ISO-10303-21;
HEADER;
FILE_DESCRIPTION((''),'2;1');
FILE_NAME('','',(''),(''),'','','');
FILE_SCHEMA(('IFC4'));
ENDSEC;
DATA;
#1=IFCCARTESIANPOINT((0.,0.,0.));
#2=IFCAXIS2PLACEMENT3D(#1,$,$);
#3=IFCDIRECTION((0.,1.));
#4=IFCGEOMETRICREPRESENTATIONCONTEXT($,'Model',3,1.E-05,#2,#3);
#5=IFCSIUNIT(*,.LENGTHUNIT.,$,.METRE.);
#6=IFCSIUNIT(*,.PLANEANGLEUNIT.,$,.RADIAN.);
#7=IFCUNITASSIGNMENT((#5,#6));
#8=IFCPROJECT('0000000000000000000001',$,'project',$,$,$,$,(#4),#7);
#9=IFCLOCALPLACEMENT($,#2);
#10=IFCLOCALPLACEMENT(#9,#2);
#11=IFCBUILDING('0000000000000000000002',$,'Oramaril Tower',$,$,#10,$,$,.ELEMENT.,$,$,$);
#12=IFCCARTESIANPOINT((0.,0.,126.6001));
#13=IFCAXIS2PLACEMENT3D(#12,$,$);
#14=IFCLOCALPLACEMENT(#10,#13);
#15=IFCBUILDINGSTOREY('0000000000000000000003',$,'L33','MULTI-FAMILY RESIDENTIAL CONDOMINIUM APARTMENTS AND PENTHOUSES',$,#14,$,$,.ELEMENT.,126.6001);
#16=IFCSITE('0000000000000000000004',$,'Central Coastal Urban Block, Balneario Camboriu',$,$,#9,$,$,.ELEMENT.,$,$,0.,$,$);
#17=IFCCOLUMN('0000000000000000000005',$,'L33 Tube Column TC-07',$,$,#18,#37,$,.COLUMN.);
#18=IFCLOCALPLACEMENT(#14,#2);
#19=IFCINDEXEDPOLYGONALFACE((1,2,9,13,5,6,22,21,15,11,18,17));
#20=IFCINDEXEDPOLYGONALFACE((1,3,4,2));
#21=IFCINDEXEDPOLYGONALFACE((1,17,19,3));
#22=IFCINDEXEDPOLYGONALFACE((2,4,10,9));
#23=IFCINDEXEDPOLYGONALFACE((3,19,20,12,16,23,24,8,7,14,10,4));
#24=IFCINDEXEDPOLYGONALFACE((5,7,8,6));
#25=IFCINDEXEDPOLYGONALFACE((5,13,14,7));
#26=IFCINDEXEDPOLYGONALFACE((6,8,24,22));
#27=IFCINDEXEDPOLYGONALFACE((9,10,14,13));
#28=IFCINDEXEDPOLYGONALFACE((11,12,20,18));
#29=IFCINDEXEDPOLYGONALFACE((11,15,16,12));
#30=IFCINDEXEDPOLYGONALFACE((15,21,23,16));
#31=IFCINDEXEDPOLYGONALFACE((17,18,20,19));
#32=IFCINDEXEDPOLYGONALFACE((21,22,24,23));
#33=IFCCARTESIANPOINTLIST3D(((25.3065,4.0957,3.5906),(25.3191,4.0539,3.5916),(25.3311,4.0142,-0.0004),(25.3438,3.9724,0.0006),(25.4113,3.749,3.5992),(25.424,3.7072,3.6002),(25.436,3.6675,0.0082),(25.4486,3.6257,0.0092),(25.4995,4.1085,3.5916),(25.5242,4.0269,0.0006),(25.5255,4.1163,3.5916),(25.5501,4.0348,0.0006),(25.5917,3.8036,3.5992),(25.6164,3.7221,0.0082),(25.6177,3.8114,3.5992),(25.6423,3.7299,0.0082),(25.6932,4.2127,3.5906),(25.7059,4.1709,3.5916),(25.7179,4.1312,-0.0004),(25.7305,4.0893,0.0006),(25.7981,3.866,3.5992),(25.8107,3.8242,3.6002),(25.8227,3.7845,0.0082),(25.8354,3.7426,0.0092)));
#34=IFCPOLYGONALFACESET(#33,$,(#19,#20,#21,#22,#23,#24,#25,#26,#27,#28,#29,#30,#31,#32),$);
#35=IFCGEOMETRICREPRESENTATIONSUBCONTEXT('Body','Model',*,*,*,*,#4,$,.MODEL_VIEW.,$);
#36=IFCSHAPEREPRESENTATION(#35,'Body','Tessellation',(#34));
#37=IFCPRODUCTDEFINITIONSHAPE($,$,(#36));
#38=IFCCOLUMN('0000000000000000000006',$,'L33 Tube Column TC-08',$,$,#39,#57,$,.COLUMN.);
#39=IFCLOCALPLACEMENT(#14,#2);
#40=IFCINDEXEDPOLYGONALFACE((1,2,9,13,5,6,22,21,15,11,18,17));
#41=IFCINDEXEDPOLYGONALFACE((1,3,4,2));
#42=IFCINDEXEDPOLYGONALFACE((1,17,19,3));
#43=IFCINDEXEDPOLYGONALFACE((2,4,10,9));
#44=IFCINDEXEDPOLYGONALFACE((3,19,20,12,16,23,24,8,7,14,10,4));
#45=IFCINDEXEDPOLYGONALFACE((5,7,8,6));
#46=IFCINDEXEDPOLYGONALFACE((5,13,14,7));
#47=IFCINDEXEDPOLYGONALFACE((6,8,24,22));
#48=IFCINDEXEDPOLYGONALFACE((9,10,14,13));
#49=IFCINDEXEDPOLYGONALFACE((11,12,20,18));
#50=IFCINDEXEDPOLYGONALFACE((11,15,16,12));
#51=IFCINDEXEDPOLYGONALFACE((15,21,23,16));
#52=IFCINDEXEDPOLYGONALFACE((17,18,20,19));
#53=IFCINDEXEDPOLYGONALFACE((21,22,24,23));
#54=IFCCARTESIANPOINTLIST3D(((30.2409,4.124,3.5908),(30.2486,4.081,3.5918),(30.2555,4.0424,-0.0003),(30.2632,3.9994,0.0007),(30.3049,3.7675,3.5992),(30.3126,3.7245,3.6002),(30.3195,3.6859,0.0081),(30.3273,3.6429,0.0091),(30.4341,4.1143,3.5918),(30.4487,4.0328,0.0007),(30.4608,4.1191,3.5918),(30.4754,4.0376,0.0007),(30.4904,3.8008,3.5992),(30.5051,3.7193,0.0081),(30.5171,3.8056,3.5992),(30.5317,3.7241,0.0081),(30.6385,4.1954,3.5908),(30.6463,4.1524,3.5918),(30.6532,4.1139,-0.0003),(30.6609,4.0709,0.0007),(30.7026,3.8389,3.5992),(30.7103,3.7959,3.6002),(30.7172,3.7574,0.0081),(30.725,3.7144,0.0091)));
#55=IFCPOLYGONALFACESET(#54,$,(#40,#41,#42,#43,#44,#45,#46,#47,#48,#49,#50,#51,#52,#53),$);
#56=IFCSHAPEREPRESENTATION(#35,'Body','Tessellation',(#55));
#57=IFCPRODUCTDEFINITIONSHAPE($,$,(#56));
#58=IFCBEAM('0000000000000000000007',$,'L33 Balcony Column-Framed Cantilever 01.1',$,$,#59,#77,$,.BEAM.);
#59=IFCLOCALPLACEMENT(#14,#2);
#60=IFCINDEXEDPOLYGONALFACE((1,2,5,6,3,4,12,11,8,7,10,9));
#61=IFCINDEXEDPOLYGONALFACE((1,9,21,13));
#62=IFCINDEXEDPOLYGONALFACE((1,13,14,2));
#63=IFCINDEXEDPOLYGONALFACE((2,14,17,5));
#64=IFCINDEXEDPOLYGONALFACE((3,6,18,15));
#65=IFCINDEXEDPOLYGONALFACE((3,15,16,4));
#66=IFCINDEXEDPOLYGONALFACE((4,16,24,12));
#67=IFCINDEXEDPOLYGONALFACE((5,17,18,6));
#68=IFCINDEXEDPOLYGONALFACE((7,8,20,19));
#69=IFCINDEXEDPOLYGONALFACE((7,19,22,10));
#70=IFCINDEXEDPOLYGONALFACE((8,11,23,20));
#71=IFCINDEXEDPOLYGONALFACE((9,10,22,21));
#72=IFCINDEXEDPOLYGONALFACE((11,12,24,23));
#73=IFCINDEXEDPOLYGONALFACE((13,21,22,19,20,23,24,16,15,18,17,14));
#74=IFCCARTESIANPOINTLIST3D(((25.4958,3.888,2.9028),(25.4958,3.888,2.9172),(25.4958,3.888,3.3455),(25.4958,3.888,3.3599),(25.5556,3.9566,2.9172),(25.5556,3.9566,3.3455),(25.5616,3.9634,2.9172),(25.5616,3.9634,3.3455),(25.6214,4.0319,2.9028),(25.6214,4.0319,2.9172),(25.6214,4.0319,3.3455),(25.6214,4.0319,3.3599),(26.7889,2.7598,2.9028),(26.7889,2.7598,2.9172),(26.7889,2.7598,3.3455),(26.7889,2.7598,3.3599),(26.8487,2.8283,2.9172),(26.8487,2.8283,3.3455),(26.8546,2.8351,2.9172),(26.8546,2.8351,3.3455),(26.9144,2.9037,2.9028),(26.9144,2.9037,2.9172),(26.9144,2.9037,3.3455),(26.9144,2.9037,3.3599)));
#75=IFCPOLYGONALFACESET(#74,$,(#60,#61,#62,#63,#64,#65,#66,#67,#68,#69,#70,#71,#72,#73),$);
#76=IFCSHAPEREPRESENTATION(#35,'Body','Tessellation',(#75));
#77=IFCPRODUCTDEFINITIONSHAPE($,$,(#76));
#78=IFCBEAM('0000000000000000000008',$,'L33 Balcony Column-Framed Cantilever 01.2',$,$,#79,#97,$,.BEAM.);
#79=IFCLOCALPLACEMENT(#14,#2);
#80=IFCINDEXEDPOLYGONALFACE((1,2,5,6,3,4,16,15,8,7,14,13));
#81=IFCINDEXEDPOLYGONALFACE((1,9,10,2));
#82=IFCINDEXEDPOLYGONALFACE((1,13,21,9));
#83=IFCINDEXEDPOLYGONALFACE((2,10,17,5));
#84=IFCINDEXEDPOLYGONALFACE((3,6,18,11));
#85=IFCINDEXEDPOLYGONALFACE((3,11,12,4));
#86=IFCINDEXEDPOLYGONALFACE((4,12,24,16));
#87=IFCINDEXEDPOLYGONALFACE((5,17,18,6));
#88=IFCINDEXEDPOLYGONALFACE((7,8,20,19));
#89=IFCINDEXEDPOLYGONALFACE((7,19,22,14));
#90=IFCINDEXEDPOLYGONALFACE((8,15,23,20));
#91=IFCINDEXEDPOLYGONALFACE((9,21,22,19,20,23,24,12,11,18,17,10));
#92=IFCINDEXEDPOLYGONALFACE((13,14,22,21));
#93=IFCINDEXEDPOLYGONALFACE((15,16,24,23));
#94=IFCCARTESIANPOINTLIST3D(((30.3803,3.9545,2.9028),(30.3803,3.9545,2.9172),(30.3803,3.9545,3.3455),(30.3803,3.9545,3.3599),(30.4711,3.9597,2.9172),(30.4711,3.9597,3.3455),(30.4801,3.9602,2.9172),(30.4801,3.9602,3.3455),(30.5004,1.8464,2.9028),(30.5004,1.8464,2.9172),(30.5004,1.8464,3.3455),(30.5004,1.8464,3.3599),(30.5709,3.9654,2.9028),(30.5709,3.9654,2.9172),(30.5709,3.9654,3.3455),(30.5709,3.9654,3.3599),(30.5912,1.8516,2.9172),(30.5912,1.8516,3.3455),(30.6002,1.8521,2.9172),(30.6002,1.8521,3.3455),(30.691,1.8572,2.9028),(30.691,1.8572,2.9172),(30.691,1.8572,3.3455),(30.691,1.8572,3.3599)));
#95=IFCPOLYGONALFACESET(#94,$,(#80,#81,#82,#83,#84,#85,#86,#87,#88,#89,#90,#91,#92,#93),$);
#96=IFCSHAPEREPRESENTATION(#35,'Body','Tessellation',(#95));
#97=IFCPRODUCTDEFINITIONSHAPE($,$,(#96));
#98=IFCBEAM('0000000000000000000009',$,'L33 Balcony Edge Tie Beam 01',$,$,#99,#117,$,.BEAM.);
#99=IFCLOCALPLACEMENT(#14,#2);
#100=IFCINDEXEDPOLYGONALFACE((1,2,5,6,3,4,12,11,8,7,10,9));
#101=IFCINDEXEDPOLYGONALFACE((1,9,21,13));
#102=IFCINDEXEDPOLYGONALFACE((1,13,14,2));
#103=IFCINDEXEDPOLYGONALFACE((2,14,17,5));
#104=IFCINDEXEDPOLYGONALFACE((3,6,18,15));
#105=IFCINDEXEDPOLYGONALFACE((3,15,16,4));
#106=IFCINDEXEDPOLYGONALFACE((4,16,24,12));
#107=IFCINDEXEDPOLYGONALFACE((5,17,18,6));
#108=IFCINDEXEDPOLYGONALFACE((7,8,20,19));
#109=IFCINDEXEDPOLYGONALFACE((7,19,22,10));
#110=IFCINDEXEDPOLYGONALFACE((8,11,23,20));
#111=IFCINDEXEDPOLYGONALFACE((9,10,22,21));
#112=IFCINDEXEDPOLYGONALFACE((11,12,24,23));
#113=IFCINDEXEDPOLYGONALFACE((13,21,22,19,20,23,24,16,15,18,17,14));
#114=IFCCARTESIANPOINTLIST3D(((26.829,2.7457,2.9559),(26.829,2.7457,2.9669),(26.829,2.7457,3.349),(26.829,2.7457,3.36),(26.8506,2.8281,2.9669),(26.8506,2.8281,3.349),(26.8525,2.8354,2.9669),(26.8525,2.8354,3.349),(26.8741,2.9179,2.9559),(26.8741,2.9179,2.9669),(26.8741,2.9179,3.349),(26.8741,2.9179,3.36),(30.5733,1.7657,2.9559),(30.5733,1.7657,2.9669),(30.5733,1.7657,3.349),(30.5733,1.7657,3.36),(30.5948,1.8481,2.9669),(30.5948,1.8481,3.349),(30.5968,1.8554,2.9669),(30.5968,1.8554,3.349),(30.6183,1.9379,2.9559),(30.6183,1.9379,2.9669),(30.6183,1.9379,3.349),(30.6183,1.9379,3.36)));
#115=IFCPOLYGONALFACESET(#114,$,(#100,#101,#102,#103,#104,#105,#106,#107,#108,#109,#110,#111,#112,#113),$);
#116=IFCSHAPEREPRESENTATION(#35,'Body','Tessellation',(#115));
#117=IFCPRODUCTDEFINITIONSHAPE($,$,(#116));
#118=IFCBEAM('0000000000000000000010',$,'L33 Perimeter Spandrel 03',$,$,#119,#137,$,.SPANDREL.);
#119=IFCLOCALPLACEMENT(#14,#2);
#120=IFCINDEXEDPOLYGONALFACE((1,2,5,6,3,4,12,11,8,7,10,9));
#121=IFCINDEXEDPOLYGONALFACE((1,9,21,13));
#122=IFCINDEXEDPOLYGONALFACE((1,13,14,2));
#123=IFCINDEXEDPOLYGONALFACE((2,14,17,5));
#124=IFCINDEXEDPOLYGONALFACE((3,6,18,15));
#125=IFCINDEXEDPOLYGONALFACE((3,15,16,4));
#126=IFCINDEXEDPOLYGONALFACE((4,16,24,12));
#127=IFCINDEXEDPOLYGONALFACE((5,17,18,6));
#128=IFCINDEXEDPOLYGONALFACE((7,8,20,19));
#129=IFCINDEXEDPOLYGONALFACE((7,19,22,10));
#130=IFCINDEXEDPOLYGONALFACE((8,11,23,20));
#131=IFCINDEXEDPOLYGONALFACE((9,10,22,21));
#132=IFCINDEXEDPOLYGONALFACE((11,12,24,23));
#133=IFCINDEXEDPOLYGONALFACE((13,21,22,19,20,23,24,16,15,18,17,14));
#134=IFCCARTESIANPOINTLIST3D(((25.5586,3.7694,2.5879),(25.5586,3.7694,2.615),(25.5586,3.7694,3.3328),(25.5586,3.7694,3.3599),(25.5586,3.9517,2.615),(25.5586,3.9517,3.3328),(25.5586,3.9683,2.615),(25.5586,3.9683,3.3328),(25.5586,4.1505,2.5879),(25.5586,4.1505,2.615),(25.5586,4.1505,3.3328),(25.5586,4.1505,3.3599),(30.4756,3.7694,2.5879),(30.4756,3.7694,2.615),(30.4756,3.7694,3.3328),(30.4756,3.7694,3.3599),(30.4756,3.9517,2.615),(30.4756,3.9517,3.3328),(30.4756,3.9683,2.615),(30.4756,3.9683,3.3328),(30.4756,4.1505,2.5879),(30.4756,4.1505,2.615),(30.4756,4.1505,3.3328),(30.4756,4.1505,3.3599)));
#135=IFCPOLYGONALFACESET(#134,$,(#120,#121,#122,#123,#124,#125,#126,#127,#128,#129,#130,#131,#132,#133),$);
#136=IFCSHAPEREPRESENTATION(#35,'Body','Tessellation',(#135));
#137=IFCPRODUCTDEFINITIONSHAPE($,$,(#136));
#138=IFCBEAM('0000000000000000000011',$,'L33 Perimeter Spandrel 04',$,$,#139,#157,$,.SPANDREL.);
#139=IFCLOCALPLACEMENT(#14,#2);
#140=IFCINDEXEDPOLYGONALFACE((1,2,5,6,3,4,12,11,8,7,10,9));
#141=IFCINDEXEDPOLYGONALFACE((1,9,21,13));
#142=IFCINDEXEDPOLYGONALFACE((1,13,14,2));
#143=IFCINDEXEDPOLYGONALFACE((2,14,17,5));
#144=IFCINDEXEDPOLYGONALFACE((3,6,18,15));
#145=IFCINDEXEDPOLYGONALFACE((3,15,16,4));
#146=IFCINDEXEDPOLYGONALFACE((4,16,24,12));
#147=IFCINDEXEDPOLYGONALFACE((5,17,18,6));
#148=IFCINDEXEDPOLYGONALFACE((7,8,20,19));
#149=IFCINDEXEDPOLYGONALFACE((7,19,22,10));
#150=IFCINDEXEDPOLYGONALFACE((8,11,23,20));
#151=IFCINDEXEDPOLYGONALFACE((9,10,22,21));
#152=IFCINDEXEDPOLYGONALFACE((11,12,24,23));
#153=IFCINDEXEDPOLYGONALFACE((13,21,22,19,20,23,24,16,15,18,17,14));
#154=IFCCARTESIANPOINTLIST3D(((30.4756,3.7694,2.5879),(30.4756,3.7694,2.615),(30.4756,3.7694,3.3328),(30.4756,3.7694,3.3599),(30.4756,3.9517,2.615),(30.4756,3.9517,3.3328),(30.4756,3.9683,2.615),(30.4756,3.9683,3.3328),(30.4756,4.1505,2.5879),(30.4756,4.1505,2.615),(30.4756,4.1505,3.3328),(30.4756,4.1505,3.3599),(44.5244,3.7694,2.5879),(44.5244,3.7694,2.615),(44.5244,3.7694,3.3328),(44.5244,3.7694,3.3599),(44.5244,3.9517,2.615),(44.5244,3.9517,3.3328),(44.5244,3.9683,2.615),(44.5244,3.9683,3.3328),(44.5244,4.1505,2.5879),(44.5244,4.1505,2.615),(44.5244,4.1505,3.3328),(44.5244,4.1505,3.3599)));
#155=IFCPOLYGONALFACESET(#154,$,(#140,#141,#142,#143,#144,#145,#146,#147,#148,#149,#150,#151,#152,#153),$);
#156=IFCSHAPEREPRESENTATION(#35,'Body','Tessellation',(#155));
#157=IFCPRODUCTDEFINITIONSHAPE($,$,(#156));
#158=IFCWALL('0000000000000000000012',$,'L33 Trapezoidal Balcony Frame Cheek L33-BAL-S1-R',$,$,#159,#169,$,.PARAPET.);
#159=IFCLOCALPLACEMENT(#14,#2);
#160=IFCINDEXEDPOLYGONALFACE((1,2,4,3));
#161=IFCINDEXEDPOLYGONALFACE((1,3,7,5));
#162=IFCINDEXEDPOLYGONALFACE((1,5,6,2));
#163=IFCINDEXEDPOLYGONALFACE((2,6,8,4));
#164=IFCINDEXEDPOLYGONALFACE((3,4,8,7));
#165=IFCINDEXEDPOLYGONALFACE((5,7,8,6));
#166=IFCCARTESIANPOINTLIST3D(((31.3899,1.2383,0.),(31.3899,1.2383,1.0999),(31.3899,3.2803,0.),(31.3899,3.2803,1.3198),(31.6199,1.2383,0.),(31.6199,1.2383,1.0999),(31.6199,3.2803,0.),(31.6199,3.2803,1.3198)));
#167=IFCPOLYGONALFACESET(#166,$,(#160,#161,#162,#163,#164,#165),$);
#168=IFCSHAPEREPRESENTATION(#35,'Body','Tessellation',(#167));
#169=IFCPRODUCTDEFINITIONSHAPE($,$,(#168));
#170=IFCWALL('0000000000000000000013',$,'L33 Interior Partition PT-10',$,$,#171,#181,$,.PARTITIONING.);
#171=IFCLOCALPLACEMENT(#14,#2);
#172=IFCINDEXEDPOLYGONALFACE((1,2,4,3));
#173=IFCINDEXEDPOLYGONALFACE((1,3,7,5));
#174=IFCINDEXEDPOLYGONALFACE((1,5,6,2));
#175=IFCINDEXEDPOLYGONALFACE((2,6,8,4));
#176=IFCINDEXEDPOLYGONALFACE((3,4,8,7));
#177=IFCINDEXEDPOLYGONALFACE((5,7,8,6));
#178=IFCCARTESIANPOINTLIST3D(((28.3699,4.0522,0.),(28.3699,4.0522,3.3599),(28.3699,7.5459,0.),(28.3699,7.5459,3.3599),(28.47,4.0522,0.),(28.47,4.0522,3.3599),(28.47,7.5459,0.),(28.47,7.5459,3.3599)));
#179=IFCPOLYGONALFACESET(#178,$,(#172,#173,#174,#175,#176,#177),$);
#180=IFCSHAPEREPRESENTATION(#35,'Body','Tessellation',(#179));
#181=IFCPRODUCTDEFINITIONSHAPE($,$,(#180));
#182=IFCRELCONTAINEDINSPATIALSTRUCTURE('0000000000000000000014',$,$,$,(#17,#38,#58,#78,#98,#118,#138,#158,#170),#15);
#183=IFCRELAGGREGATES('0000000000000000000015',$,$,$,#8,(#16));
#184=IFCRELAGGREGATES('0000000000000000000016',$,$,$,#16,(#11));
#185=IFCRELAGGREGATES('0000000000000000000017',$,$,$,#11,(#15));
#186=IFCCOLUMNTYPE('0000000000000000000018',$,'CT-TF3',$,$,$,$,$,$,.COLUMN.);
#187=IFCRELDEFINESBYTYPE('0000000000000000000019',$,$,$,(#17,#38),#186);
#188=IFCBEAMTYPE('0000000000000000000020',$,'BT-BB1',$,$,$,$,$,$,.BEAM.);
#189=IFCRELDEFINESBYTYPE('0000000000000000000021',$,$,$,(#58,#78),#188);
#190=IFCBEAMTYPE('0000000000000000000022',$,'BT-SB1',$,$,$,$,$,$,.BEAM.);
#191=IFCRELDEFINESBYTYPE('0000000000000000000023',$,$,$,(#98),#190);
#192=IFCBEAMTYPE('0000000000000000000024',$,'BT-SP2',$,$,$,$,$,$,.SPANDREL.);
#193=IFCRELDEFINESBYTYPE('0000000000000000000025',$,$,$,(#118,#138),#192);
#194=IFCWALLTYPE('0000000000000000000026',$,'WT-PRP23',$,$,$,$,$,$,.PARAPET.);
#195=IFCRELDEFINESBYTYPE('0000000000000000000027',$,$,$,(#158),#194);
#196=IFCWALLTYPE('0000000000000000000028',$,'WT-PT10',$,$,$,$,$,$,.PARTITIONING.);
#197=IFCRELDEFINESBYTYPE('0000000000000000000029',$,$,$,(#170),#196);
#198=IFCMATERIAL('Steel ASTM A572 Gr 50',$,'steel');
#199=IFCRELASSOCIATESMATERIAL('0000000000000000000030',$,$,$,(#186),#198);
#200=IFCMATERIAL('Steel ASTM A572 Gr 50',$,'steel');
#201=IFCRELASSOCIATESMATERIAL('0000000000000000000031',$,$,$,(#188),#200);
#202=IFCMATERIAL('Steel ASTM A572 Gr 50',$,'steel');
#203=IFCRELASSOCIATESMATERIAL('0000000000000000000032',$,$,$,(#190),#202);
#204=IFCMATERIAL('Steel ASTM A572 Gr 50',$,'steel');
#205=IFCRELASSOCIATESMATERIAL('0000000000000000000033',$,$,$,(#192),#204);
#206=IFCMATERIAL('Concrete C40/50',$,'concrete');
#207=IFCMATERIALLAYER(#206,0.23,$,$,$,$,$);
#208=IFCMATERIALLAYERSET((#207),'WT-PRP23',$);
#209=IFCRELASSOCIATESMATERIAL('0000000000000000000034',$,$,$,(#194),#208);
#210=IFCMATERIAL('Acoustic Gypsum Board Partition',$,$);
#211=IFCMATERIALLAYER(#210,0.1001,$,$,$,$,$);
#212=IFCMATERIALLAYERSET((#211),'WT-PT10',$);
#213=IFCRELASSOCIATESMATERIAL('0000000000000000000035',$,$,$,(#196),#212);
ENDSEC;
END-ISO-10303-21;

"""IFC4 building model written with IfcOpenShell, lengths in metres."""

from ifc_helpers import new_model, si_unit, direction, frame, frame_2d, origin, origin_2d, place, context, subcontext, project, spatial, polyline, rectangle, i_section, outline, extrude, material, layer, layer_set, material_profile, profile_set, type_object, element, save


model = new_model("IFC4")

# Units and contexts
model_context = context("Model", 3, precision=1e-05, world=origin(), true_north=direction((0.0, 1.0)))
body_context = subcontext(model_context, "Body", "Model", "MODEL_VIEW")
ifc_project = project(units=[si_unit("LENGTHUNIT", "METRE"), si_unit("PLANEANGLEUNIT", "RADIAN")], contexts=[model_context])

# Site, building, storey
site_placement = place(None, origin())
site = spatial("IfcSite", under=ifc_project, at=site_placement, Name="Central Coastal Urban Block, Balneario Camboriu", CompositionType="ELEMENT", RefElevation=0.0)
building_placement = place(site_placement, origin())
building = spatial("IfcBuilding", under=site, at=building_placement, Name="Oramaril Tower", CompositionType="ELEMENT")
storey_placement = place(building_placement, frame((0.0, 0.0, 126.6001)))
storey = spatial("IfcBuildingStorey", under=building, at=storey_placement, Name="L33", Description="MULTI-FAMILY RESIDENTIAL CONDOMINIUM APARTMENTS AND PENTHOUSES", CompositionType="ELEMENT", Elevation=126.6001)

# Columns
ifc_material_1 = material(Name="Steel ASTM A572 Gr 50", Category="steel")
ifc_material_profile_1 = material_profile(ifc_material_1, i_section(OverallWidth=0.4041, OverallDepth=0.406, WebThickness=0.0271, FlangeThickness=0.0437, at=origin_2d()), Name="W14X233")
ifc_profile_set_1 = profile_set([ifc_material_profile_1], Name="Steel ASTM A572 Gr 50")
column_type = type_object("IfcColumnType", Name="CT-TF3", PredefinedType="COLUMN", material=ifc_profile_set_1)
for number, where, z_axis, x_axis, name in (
    (1, (25.5833, 3.8784, 0.0044), (-0.006865, 0.022701, 0.999719), (-0.957193, -0.289451, 0.0), "L33 Tube Column TC-07"),
    (2, (30.4902, 3.8784, 0.0044), (-0.004078, 0.022701, 0.999734), (-0.984245, -0.17681, 0.0), "L33 Tube Column TC-08"),
):
    element("IfcColumn", number, at=place(storey_placement, frame(where, z_axis=z_axis, x_axis=x_axis)), inside=storey, type_object=column_type, Name=name, PredefinedType="COLUMN", context=body_context, shape_type="SweptSolid", body=[
        extrude(i_section(OverallWidth=0.4041, OverallDepth=0.406, WebThickness=0.0271, FlangeThickness=0.0437, at=origin_2d()), origin(), (0.0, 0.0, 1.0), 3.592),
    ])

# Beams
ifc_material_2 = material(Name="Steel ASTM A572 Gr 50", Category="steel")
ifc_material_profile_2 = material_profile(ifc_material_2, i_section(OverallWidth=0.1909, OverallDepth=0.457, WebThickness=0.009, FlangeThickness=0.0144, at=origin_2d()), Name="W18X50")
ifc_profile_set_2 = profile_set([ifc_material_profile_2], Name="Steel ASTM A572 Gr 50")
beam_type_1 = type_object("IfcBeamType", Name="BT-BB1", PredefinedType="BEAM", material=ifc_profile_set_2)
beam_1_placement = place(storey_placement, frame((25.5586, 3.96, 3.1313), z_axis=(0.753493, -0.657456, 0.0), x_axis=(0.657456, 0.753493, 0.0)))
element("IfcBeam", 3, at=beam_1_placement, inside=storey, type_object=beam_type_1, Name="L33 Balcony Column-Framed Cantilever 01.1", PredefinedType="BEAM", context=body_context, shape_type="SweptSolid", body=[
    extrude(i_section(OverallWidth=0.1909, OverallDepth=0.457, WebThickness=0.009, FlangeThickness=0.0144, at=origin_2d()), origin(), (0.0, 0.0, 1.0), 1.7161),
])
beam_2_placement = place(storey_placement, frame((30.4756, 3.96, 3.1313), z_axis=(0.056885, -0.998381, 0.0), x_axis=(0.998381, 0.056885, 0.0)))
element("IfcBeam", 4, at=beam_2_placement, inside=storey, type_object=beam_type_1, Name="L33 Balcony Column-Framed Cantilever 01.2", PredefinedType="BEAM", context=body_context, shape_type="SweptSolid", body=[
    extrude(i_section(OverallWidth=0.1909, OverallDepth=0.457, WebThickness=0.009, FlangeThickness=0.0144, at=origin_2d()), origin(), (0.0, 0.0, 1.0), 2.1116),
])
ifc_material_3 = material(Name="Steel ASTM A572 Gr 50", Category="steel")
ifc_material_profile_3 = material_profile(ifc_material_3, i_section(OverallWidth=0.178, OverallDepth=0.4041, WebThickness=0.0076, FlangeThickness=0.011, at=origin_2d()), Name="W16X36")
ifc_profile_set_3 = profile_set([ifc_material_profile_3], Name="Steel ASTM A572 Gr 50")
beam_type_2 = type_object("IfcBeamType", Name="BT-SB1", PredefinedType="BEAM", material=ifc_profile_set_3)
beam_3_placement = place(storey_placement, frame((26.8516, 2.8318, 3.158), z_axis=(0.967412, -0.253208, 0.0), x_axis=(0.253208, 0.967412, 0.0)))
element("IfcBeam", 5, at=beam_3_placement, inside=storey, type_object=beam_type_2, Name="L33 Balcony Edge Tie Beam 01", PredefinedType="BEAM", context=body_context, shape_type="SweptSolid", body=[
    extrude(i_section(OverallWidth=0.178, OverallDepth=0.4041, WebThickness=0.0076, FlangeThickness=0.011, at=origin_2d()), origin(), (0.0, 0.0, 1.0), 3.8704),
])
ifc_material_4 = material(Name="Steel ASTM A572 Gr 50", Category="steel")
ifc_material_profile_4 = material_profile(ifc_material_4, i_section(OverallWidth=0.3811, OverallDepth=0.772, WebThickness=0.0166, FlangeThickness=0.0271, at=origin_2d()), Name="W30X173")
ifc_profile_set_4 = profile_set([ifc_material_profile_4], Name="Steel ASTM A572 Gr 50")
beam_type_3 = type_object("IfcBeamType", Name="BT-SP2", PredefinedType="SPANDREL", material=ifc_profile_set_4)
beam_4_placement = place(storey_placement, frame((25.5586, 3.96, 2.9739), z_axis=(1.0, 0.0, 0.0), x_axis=(0.0, 1.0, 0.0)))
element("IfcBeam", 6, at=beam_4_placement, inside=storey, type_object=beam_type_3, Name="L33 Perimeter Spandrel 03", PredefinedType="SPANDREL", context=body_context, shape_type="SweptSolid", body=[
    extrude(i_section(OverallWidth=0.3811, OverallDepth=0.772, WebThickness=0.0166, FlangeThickness=0.0271, at=origin_2d()), origin(), (0.0, 0.0, 1.0), 4.917),
])
beam_5_placement = place(storey_placement, frame((30.4756, 3.96, 2.9739), z_axis=(1.0, 0.0, 0.0), x_axis=(0.0, 1.0, 0.0)))
element("IfcBeam", 7, at=beam_5_placement, inside=storey, type_object=beam_type_3, Name="L33 Perimeter Spandrel 04", PredefinedType="SPANDREL", context=body_context, shape_type="SweptSolid", body=[
    extrude(i_section(OverallWidth=0.3811, OverallDepth=0.772, WebThickness=0.0166, FlangeThickness=0.0271, at=origin_2d()), origin(), (0.0, 0.0, 1.0), 14.0488),
])

# Walls
ifc_material_5 = material(Name="Concrete C40/50", Category="concrete")
ifc_layer_1 = layer(ifc_material_5, 0.23)
ifc_layer_set_1 = layer_set([ifc_layer_1], Name="WT-PRP23")
wall_type_1 = type_object("IfcWallType", Name="WT-PRP23", PredefinedType="PARAPET", material=ifc_layer_set_1)
wall_1_placement = place(storey_placement, frame((31.5049, 3.2803, 0.0), z_axis=(0.0, 0.0, 1.0), x_axis=(0.0, -1.0, 0.0)))
element("IfcWall", 8, at=wall_1_placement, inside=storey, type_object=wall_type_1, Name="L33 Trapezoidal Balcony Frame Cheek L33-BAL-S1-R", PredefinedType="PARAPET", context=body_context, shape_type="SweptSolid", body=[
    extrude(outline(polyline([(0.0, 0.0), (2.042, 0.0), (2.042, 1.0999), (0.0, 1.3198), (0.0, 0.0)])), frame((0.0, 0.115, 0.0), z_axis=(0.0, -1.0, 0.0), x_axis=(1.0, 0.0, 0.0)), (0.0, 0.0, 1.0), 0.23),
])
ifc_material_6 = material(Name="Acoustic Gypsum Board Partition")
ifc_layer_2 = layer(ifc_material_6, 0.1001)
ifc_layer_set_2 = layer_set([ifc_layer_2], Name="WT-PT10")
wall_type_2 = type_object("IfcWallType", Name="WT-PT10", PredefinedType="PARTITIONING", material=ifc_layer_set_2)
wall_2_placement = place(storey_placement, frame((28.4199, 4.0522, 0.0), z_axis=(0.0, 0.0, 1.0), x_axis=(0.0, 1.0, 0.0)))
element("IfcWall", 9, at=wall_2_placement, inside=storey, type_object=wall_type_2, Name="L33 Interior Partition PT-10", PredefinedType="PARTITIONING", context=body_context, shape_type="SweptSolid", body=[
    extrude(rectangle(XDim=3.4937, YDim=0.1001, at=frame_2d((1.7468, 0.0))), origin(), (0.0, 0.0, 1.0), 3.3599),
])

save(model, "model.ifc")
